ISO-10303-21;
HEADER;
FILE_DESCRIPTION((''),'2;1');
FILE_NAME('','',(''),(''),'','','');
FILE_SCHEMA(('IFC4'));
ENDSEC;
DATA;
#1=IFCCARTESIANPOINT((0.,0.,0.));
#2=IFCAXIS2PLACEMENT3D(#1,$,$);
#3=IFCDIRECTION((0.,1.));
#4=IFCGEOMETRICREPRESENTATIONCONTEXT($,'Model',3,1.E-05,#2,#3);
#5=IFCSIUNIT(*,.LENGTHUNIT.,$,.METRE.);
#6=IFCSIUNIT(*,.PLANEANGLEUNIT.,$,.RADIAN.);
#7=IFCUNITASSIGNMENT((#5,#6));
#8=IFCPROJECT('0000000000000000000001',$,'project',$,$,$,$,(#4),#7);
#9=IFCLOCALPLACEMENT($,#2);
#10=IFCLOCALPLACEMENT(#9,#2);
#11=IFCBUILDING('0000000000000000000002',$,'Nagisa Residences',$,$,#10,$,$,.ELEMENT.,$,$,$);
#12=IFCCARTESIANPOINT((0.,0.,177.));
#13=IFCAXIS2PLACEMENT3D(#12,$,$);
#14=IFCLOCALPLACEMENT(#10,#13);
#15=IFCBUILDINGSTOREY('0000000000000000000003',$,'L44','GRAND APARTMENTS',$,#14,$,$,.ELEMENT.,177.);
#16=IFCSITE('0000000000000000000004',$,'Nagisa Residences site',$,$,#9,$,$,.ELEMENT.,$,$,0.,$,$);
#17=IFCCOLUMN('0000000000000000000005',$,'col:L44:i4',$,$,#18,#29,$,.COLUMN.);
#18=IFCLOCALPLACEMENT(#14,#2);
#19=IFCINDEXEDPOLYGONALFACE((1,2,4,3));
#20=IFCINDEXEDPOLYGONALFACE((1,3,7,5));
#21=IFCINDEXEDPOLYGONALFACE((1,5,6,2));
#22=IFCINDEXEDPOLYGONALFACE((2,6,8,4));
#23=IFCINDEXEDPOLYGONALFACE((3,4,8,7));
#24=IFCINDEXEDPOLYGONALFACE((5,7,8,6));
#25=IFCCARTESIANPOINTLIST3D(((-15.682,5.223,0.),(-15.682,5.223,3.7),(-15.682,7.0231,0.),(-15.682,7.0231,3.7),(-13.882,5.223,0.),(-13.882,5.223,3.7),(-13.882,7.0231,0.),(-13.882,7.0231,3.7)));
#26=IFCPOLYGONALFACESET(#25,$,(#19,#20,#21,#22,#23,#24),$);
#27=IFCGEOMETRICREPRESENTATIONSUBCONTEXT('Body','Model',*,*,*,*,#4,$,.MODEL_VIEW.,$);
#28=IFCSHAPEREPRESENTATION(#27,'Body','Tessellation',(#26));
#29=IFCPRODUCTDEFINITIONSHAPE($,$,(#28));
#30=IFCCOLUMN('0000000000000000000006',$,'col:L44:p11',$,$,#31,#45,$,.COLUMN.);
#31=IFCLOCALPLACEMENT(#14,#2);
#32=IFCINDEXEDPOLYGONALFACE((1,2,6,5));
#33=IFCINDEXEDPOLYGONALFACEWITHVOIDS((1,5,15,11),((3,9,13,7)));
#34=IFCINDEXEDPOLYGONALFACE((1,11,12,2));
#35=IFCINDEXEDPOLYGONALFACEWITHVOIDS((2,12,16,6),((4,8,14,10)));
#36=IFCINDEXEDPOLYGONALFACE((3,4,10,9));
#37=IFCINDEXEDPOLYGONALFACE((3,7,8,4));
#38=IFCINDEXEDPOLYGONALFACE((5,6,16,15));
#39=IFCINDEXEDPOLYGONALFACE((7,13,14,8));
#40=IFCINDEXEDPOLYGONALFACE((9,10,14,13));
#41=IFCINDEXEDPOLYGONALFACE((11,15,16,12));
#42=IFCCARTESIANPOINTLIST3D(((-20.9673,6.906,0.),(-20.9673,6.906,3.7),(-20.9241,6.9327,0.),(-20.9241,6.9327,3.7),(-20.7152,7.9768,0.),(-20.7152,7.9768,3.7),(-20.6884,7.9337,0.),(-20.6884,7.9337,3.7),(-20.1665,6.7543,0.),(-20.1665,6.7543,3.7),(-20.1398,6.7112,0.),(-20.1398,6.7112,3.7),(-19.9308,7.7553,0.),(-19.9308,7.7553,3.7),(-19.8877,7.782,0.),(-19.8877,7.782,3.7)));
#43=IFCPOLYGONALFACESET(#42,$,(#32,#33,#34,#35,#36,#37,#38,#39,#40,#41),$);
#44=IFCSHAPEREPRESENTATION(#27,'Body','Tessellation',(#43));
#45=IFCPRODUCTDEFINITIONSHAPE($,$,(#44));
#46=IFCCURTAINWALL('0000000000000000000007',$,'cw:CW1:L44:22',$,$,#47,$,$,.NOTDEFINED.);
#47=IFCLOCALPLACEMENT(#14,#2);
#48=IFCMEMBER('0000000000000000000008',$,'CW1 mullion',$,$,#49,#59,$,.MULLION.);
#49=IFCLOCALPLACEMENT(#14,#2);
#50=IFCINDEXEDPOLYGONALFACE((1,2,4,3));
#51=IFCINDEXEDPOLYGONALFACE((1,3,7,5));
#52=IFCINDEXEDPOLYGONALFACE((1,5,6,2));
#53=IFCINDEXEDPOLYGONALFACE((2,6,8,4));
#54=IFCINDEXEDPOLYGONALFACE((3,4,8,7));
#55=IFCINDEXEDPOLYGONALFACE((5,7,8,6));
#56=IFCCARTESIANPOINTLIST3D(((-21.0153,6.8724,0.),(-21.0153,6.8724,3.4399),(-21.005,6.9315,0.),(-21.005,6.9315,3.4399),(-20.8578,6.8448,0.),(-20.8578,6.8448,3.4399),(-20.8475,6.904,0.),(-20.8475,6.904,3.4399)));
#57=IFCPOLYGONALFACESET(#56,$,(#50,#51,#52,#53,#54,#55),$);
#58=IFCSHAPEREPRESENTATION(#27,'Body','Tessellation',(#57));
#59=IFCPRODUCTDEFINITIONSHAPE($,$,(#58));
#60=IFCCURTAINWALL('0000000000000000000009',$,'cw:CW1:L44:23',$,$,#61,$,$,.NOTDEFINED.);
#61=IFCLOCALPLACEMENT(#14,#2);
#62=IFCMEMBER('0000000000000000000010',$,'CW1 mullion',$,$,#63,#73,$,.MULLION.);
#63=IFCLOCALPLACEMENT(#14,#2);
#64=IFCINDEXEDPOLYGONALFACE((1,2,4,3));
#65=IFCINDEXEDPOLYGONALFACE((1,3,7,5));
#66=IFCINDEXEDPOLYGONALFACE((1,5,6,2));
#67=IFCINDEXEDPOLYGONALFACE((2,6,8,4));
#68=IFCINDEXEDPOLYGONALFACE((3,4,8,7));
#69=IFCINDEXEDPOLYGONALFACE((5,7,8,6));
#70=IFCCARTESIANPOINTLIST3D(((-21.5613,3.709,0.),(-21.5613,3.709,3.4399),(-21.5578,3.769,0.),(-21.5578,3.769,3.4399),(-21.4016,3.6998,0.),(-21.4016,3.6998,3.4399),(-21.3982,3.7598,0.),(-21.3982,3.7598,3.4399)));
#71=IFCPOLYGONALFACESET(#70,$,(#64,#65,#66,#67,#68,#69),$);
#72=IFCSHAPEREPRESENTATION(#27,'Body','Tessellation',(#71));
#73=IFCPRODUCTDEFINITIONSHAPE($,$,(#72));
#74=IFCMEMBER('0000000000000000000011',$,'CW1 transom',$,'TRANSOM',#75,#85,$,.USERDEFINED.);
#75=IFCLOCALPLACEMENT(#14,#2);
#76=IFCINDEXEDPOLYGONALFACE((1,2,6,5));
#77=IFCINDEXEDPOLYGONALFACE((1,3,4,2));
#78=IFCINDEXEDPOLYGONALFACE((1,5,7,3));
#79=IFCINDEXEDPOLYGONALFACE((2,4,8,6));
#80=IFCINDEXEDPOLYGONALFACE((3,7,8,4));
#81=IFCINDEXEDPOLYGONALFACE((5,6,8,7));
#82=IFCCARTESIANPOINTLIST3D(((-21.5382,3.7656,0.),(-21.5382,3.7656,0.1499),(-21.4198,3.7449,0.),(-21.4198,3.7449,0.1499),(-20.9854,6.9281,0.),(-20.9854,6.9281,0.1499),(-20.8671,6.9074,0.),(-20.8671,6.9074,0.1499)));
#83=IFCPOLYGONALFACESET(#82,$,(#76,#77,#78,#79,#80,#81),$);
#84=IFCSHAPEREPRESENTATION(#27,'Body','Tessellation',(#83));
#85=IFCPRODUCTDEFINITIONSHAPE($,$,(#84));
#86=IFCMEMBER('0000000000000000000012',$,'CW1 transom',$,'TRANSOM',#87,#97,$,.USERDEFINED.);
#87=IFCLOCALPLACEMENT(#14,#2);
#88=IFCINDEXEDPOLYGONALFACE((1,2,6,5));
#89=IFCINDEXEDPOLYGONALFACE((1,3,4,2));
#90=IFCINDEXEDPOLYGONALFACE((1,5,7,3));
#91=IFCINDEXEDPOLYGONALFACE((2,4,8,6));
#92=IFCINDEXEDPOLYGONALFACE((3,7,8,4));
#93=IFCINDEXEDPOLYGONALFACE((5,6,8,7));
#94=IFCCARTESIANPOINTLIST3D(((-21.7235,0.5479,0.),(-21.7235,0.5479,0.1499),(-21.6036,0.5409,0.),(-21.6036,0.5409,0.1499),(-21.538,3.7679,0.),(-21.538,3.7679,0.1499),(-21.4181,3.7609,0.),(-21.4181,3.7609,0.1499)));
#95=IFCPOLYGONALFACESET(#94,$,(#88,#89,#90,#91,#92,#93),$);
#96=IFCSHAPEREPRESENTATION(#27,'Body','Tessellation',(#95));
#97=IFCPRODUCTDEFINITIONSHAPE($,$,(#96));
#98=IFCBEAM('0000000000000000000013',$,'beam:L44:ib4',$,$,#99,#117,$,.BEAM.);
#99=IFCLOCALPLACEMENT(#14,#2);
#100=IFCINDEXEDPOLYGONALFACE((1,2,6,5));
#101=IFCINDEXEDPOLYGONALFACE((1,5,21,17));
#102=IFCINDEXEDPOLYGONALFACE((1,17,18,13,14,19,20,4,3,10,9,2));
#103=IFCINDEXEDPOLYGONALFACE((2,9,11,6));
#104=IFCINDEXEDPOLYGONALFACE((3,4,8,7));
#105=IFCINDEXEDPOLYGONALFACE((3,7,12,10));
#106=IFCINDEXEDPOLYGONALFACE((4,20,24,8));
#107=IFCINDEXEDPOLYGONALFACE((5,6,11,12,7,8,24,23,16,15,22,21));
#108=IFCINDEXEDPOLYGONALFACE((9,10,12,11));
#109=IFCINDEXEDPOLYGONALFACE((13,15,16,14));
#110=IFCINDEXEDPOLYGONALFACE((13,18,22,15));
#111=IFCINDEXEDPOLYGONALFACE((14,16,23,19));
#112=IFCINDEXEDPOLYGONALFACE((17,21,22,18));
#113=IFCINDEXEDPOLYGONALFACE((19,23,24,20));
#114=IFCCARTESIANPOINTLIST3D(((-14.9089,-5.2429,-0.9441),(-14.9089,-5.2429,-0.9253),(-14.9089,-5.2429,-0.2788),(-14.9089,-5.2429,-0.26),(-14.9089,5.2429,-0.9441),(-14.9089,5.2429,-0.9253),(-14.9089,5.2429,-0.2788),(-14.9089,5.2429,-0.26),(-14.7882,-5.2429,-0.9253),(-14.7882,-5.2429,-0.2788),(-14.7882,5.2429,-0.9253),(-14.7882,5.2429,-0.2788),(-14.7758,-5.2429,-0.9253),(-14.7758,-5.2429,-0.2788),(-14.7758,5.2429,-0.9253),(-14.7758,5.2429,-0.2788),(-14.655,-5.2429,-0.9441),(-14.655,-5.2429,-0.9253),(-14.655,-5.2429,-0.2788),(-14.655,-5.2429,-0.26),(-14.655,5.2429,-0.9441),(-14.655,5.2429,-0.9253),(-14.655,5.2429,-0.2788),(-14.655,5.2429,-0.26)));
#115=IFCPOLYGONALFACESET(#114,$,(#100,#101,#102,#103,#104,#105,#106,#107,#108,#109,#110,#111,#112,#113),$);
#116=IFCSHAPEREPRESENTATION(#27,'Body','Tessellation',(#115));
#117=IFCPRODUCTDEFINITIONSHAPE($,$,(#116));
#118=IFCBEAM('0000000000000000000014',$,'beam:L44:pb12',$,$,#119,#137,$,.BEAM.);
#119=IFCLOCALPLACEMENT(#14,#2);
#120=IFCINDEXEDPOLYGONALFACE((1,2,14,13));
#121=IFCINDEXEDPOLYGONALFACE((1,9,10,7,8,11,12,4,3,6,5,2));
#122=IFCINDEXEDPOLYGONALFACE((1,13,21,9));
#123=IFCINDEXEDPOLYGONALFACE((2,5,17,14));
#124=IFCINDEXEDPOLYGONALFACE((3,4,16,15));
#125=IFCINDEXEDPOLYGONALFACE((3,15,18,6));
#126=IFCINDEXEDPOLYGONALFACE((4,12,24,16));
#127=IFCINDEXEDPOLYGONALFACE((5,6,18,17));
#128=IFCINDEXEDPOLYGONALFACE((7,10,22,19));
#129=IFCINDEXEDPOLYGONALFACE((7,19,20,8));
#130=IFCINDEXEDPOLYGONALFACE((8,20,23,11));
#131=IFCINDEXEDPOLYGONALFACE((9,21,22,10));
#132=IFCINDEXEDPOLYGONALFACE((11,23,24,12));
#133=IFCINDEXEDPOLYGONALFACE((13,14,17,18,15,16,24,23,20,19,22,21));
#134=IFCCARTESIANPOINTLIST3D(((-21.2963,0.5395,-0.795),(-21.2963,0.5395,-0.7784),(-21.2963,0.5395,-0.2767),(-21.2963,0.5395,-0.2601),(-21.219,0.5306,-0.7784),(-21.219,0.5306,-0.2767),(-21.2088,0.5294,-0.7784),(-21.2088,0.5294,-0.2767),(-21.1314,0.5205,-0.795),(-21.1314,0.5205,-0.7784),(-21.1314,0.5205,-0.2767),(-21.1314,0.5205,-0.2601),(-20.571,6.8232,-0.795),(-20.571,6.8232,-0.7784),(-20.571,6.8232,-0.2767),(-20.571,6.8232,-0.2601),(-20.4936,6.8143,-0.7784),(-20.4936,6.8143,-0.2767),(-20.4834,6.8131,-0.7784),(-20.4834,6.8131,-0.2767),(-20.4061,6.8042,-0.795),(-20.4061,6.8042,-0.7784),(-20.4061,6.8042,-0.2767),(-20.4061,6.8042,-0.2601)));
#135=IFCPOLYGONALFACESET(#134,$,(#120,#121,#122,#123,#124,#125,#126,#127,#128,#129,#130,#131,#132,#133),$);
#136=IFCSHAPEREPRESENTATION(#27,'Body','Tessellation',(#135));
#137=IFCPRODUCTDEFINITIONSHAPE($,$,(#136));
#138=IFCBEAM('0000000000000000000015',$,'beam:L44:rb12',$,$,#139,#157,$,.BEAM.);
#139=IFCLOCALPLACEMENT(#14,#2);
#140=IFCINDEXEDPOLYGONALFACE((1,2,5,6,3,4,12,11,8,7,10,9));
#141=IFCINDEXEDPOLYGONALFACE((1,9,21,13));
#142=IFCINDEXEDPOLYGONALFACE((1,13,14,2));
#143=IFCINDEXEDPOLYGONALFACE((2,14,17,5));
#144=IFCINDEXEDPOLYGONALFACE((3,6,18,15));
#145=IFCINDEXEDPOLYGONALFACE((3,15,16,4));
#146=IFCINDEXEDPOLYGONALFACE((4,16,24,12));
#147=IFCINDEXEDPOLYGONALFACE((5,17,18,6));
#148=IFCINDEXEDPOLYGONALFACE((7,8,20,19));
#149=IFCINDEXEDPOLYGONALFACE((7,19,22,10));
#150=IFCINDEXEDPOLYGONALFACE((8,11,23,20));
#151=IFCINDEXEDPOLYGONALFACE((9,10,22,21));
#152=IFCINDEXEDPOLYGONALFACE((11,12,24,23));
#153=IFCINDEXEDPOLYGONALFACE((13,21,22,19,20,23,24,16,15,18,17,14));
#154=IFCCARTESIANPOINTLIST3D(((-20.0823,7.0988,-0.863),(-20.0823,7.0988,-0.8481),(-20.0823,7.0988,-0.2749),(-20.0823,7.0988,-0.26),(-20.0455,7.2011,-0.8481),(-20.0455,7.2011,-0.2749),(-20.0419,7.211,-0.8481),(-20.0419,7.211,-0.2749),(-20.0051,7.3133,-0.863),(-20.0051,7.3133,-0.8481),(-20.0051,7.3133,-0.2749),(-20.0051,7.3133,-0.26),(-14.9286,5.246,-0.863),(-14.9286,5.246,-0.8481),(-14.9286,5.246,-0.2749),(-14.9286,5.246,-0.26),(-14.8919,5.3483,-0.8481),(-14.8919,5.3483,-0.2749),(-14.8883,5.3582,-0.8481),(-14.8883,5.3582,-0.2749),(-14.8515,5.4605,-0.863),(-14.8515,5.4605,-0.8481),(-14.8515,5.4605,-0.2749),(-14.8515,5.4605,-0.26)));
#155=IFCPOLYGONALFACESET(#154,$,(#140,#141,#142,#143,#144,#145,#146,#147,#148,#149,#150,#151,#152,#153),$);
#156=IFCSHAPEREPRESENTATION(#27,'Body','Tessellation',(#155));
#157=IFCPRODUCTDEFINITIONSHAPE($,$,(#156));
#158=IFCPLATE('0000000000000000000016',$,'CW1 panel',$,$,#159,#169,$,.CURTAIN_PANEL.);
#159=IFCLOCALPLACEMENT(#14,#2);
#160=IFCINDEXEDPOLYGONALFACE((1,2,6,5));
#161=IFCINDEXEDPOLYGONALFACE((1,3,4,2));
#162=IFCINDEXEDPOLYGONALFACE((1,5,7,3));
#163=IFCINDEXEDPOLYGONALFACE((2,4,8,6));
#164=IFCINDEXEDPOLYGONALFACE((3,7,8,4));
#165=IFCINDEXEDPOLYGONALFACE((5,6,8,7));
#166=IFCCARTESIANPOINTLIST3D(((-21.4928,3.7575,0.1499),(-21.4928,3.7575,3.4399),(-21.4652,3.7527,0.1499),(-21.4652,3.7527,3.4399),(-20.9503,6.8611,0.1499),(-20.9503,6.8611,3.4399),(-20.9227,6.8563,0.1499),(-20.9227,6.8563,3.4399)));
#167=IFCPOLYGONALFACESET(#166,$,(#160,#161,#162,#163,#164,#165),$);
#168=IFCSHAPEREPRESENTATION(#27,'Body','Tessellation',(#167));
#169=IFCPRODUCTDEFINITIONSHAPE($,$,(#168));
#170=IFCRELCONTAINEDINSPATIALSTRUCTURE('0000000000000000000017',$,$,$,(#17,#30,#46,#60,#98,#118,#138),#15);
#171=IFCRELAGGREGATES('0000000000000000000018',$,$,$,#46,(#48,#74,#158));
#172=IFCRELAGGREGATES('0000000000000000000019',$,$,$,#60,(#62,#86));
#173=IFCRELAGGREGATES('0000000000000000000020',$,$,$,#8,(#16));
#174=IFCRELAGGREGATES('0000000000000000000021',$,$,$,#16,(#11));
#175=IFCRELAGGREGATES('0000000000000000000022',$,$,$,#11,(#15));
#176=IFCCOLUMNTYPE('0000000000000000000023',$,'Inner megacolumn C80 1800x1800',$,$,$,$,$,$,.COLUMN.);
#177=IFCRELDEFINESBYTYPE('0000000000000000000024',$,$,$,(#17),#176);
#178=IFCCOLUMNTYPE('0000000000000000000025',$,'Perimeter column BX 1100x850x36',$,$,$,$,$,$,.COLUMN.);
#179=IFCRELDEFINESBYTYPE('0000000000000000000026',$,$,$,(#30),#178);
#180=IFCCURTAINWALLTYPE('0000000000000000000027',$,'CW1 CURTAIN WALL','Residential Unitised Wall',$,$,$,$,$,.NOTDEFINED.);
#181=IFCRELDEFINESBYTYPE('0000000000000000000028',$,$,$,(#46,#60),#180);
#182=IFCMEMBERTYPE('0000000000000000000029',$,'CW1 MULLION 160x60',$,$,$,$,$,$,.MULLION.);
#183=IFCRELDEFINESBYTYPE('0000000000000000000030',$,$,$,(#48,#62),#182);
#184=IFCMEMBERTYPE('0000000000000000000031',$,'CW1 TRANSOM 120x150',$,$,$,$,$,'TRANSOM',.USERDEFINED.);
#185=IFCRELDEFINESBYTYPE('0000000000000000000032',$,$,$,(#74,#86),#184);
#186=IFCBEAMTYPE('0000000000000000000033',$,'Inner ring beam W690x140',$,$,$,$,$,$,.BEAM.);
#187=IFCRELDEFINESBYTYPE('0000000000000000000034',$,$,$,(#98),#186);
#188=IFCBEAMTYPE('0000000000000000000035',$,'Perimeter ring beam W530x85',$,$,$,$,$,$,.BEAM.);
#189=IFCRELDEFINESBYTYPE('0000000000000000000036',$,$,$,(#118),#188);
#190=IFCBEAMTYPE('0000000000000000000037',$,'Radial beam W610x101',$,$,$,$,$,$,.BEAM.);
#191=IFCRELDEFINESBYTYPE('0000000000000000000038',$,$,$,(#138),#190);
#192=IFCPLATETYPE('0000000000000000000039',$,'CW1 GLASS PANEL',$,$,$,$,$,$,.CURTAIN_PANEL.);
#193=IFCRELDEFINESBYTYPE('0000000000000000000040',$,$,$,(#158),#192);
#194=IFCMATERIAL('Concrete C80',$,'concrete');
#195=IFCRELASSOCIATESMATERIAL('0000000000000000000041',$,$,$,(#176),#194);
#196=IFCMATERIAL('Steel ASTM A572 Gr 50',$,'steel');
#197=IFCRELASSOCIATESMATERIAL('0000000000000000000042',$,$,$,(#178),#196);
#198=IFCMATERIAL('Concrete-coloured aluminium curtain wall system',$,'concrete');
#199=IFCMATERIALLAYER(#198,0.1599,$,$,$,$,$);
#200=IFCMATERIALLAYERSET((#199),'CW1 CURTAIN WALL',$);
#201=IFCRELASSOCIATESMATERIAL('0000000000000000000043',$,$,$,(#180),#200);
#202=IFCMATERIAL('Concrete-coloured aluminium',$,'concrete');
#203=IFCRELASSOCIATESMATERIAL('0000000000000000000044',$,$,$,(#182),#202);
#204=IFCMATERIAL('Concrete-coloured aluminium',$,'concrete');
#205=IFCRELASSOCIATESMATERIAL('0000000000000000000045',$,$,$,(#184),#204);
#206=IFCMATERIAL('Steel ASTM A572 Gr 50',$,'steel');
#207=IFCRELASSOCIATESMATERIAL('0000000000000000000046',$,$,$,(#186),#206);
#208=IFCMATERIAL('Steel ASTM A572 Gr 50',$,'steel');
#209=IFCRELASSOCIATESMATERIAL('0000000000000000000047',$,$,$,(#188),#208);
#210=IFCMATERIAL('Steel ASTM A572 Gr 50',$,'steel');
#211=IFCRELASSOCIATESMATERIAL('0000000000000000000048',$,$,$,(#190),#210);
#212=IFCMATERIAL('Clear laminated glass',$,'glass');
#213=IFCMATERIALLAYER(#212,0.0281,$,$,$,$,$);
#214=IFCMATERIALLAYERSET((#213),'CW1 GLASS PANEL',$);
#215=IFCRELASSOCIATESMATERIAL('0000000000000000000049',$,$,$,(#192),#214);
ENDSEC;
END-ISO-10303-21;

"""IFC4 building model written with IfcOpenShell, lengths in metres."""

from ifc_helpers import new_model, si_unit, direction, frame, origin, origin_2d, place, context, subcontext, project, spatial, rectangle, hollow_rectangle, i_section, extrude, material, layer, layer_set, material_profile, profile_set, type_object, element, aggregate, save


model = new_model("IFC4")

# Units and contexts
model_context = context("Model", 3, precision=1e-05, world=origin(), true_north=direction((0.0, 1.0)))
body_context = subcontext(model_context, "Body", "Model", "MODEL_VIEW")
ifc_project = project(units=[si_unit("LENGTHUNIT", "METRE"), si_unit("PLANEANGLEUNIT", "RADIAN")], contexts=[model_context])

# Site, building, storey
site_placement = place(None, origin())
site = spatial("IfcSite", under=ifc_project, at=site_placement, Name="Nagisa Residences site", CompositionType="ELEMENT", RefElevation=0.0)
building_placement = place(site_placement, origin())
building = spatial("IfcBuilding", under=site, at=building_placement, Name="Nagisa Residences", CompositionType="ELEMENT")
storey_placement = place(building_placement, frame((0.0, 0.0, 177.0)))
storey = spatial("IfcBuildingStorey", under=building, at=storey_placement, Name="L44", Description="GRAND APARTMENTS", CompositionType="ELEMENT", Elevation=177.0)

# Columns
ifc_material_1 = material(Name="Concrete C80", Category="concrete")
ifc_material_profile_1 = material_profile(ifc_material_1, rectangle(XDim=1.8, YDim=1.8, at=origin_2d()), Name="C80 1800x1800")
ifc_profile_set_1 = profile_set([ifc_material_profile_1], Name="Concrete C80")
column_type_1 = type_object("IfcColumnType", Name="Inner megacolumn C80 1800x1800", PredefinedType="COLUMN", material=ifc_profile_set_1)
column_1_placement = place(storey_placement, frame((-14.782, 6.123, 0.0), z_axis=(0.0, 0.0, 1.0), x_axis=(1.0, 0.0, 0.0)))
element("IfcColumn", 1, at=column_1_placement, inside=storey, type_object=column_type_1, Name="col:L44:i4", PredefinedType="COLUMN", context=body_context, shape_type="SweptSolid", body=[
    extrude(rectangle(XDim=1.8, YDim=1.8, at=origin_2d()), origin(), (0.0, 0.0, 1.0), 3.7),
])
ifc_material_2 = material(Name="Steel ASTM A572 Gr 50", Category="steel")
ifc_material_profile_2 = material_profile(ifc_material_2, hollow_rectangle(XDim=1.1001, YDim=0.8501, WallThickness=0.0359, at=origin_2d()), Name="BX 1100x850x36")
ifc_profile_set_2 = profile_set([ifc_material_profile_2], Name="Steel ASTM A572 Gr 50")
column_type_2 = type_object("IfcColumnType", Name="Perimeter column BX 1100x850x36", PredefinedType="COLUMN", material=ifc_profile_set_2)
column_2_placement = place(storey_placement, frame((-20.4275, 7.344, 0.0), z_axis=(0.0, 0.0, 1.0), x_axis=(-0.229202, -0.973379, 0.0)))
element("IfcColumn", 2, at=column_2_placement, inside=storey, type_object=column_type_2, Name="col:L44:p11", PredefinedType="COLUMN", context=body_context, shape_type="SweptSolid", body=[
    extrude(hollow_rectangle(XDim=1.1001, YDim=0.8501, WallThickness=0.0359, at=origin_2d()), origin(), (0.0, 0.0, 1.0), 3.7),
])

# Curtain walls, members
ifc_material_3 = material(Name="Concrete-coloured aluminium curtain wall system", Category="concrete")
ifc_layer_1 = layer(ifc_material_3, 0.1599)
ifc_layer_set_1 = layer_set([ifc_layer_1], Name="CW1 CURTAIN WALL")
curtain_wall_type = type_object("IfcCurtainWallType", Name="CW1 CURTAIN WALL", Description="Residential Unitised Wall", PredefinedType="NOTDEFINED", material=ifc_layer_set_1)
curtain_wall_1_placement = place(storey_placement, origin())
curtain_wall_1 = element("IfcCurtainWall", 3, at=curtain_wall_1_placement, inside=storey, type_object=curtain_wall_type, Name="cw:CW1:L44:22", PredefinedType="NOTDEFINED")
ifc_material_4 = material(Name="Concrete-coloured aluminium", Category="concrete")
ifc_material_profile_3 = material_profile(ifc_material_4, rectangle(XDim=0.1599, YDim=0.0601, at=origin_2d()), Name="CW1 MULLION 160x60")
ifc_profile_set_3 = profile_set([ifc_material_profile_3], Name="Concrete-coloured aluminium")
member_type_1 = type_object("IfcMemberType", Name="CW1 MULLION 160x60", PredefinedType="MULLION", material=ifc_profile_set_3)
member_1_placement = place(storey_placement, frame((-20.9314, 6.8882, 0.0), z_axis=(0.0, 0.0, 1.0), x_axis=(0.985064, -0.172191, 0.0)))
member_1 = element("IfcMember", 4, at=member_1_placement, type_object=member_type_1, Name="CW1 mullion", PredefinedType="MULLION", context=body_context, shape_type="SweptSolid", body=[
    extrude(rectangle(XDim=0.1599, YDim=0.0601, at=origin_2d()), origin(), (0.0, 0.0, 1.0), 3.4399),
])
curtain_wall_2_placement = place(storey_placement, origin())
curtain_wall_2 = element("IfcCurtainWall", 5, at=curtain_wall_2_placement, inside=storey, type_object=curtain_wall_type, Name="cw:CW1:L44:23", PredefinedType="NOTDEFINED")
member_2_placement = place(storey_placement, frame((-21.4797, 3.7344, 0.0), z_axis=(0.0, 0.0, 1.0), x_axis=(0.998345, -0.057503, 0.0)))
member_2 = element("IfcMember", 6, at=member_2_placement, type_object=member_type_1, Name="CW1 mullion", PredefinedType="MULLION", context=body_context, shape_type="SweptSolid", body=[
    extrude(rectangle(XDim=0.1599, YDim=0.0601, at=origin_2d()), origin(), (0.0, 0.0, 1.0), 3.4399),
])

# Members
ifc_material_5 = material(Name="Concrete-coloured aluminium", Category="concrete")
ifc_material_profile_4 = material_profile(ifc_material_5, rectangle(XDim=0.1201, YDim=0.1499, at=origin_2d()), Name="CW1 TRANSOM 120x150")
ifc_profile_set_4 = profile_set([ifc_material_profile_4], Name="Concrete-coloured aluminium")
member_type_2 = type_object("IfcMemberType", Name="CW1 TRANSOM 120x150", ElementType="TRANSOM", PredefinedType="USERDEFINED", material=ifc_profile_set_4)
member_3_placement = place(storey_placement, frame((-20.9263, 6.9177, 0.075), z_axis=(-0.172163, -0.985069, 0.0), x_axis=(0.985069, -0.172163, 0.0)))
member_3 = element("IfcMember", 7, at=member_3_placement, type_object=member_type_2, Name="CW1 transom", ObjectType="TRANSOM", PredefinedType="USERDEFINED", context=body_context, shape_type="SweptSolid", body=[
    extrude(rectangle(XDim=0.1201, YDim=0.1499, at=origin_2d()), origin(), (0.0, 0.0, 1.0), 3.2104),
])
member_4_placement = place(storey_placement, frame((-21.478, 3.7644, 0.075), z_axis=(-0.057528, -0.998344, 0.0), x_axis=(0.998344, -0.057528, 0.0)))
member_4 = element("IfcMember", 8, at=member_4_placement, type_object=member_type_2, Name="CW1 transom", ObjectType="TRANSOM", PredefinedType="USERDEFINED", context=body_context, shape_type="SweptSolid", body=[
    extrude(rectangle(XDim=0.1201, YDim=0.1499, at=origin_2d()), origin(), (0.0, 0.0, 1.0), 3.2253),
])

# Beams
ifc_material_6 = material(Name="Steel ASTM A572 Gr 50", Category="steel")
ifc_material_profile_5 = material_profile(ifc_material_6, i_section(OverallWidth=0.2539, OverallDepth=0.6841, WebThickness=0.0125, FlangeThickness=0.0188, at=origin_2d()), Name="W690x140")
ifc_profile_set_5 = profile_set([ifc_material_profile_5], Name="Steel ASTM A572 Gr 50")
beam_type_1 = type_object("IfcBeamType", Name="Inner ring beam W690x140", PredefinedType="BEAM", material=ifc_profile_set_5)
beam_1_placement = place(storey_placement, frame((-14.782, 5.2429, -0.6021), z_axis=(0.0, -1.0, 0.0), x_axis=(1.0, 0.0, 0.0)))
element("IfcBeam", 9, at=beam_1_placement, inside=storey, type_object=beam_type_1, Name="beam:L44:ib4", PredefinedType="BEAM", context=body_context, shape_type="SweptSolid", body=[
    extrude(i_section(OverallWidth=0.2539, OverallDepth=0.6841, WebThickness=0.0125, FlangeThickness=0.0188, at=origin_2d()), origin(), (0.0, 0.0, 1.0), 10.4858),
])
ifc_material_7 = material(Name="Steel ASTM A572 Gr 50", Category="steel")
ifc_material_profile_6 = material_profile(ifc_material_7, i_section(OverallWidth=0.166, OverallDepth=0.5349, WebThickness=0.0103, FlangeThickness=0.0166, at=origin_2d()), Name="W530x85")
ifc_profile_set_6 = profile_set([ifc_material_profile_6], Name="Steel ASTM A572 Gr 50")
beam_type_2 = type_object("IfcBeamType", Name="Perimeter ring beam W530x85", PredefinedType="BEAM", material=ifc_profile_set_6)
beam_2_placement = place(storey_placement, frame((-20.4885, 6.8137, -0.5276), z_axis=(-0.114671, -0.993404, 0.0), x_axis=(0.993404, -0.114671, 0.0)))
element("IfcBeam", 10, at=beam_2_placement, inside=storey, type_object=beam_type_2, Name="beam:L44:pb12", PredefinedType="BEAM", context=body_context, shape_type="SweptSolid", body=[
    extrude(i_section(OverallWidth=0.166, OverallDepth=0.5349, WebThickness=0.0103, FlangeThickness=0.0166, at=origin_2d()), origin(), (0.0, 0.0, 1.0), 6.3254),
])
ifc_material_8 = material(Name="Steel ASTM A572 Gr 50", Category="steel")
ifc_material_profile_7 = material_profile(ifc_material_8, i_section(OverallWidth=0.228, OverallDepth=0.603, WebThickness=0.0105, FlangeThickness=0.0149, at=origin_2d()), Name="W610x101")
ifc_profile_set_7 = profile_set([ifc_material_profile_7], Name="Steel ASTM A572 Gr 50")
beam_type_3 = type_object("IfcBeamType", Name="Radial beam W610x101", PredefinedType="BEAM", material=ifc_profile_set_7)
beam_3_placement = place(storey_placement, frame((-20.0437, 7.2061, -0.5615), z_axis=(0.941033, -0.338315, 0.0), x_axis=(0.338315, 0.941033, 0.0)))
element("IfcBeam", 11, at=beam_3_placement, inside=storey, type_object=beam_type_3, Name="beam:L44:rb12", PredefinedType="BEAM", context=body_context, shape_type="SweptSolid", body=[
    extrude(i_section(OverallWidth=0.228, OverallDepth=0.603, WebThickness=0.0105, FlangeThickness=0.0149, at=origin_2d()), origin(), (0.0, 0.0, 1.0), 5.4766),
])

# Plate
ifc_material_9 = material(Name="Clear laminated glass", Category="glass")
ifc_layer_2 = layer(ifc_material_9, 0.0281)
ifc_layer_set_2 = layer_set([ifc_layer_2], Name="CW1 GLASS PANEL")
plate_type = type_object("IfcPlateType", Name="CW1 GLASS PANEL", PredefinedType="CURTAIN_PANEL", material=ifc_layer_set_2)
plate_1_placement = place(storey_placement, frame((-21.2078, 5.3069, 0.1499), z_axis=(0.0, 0.0, 1.0), x_axis=(-0.172191, -0.985064, 0.0)))
plate_1 = element("IfcPlate", 12, at=plate_1_placement, type_object=plate_type, Name="CW1 panel", PredefinedType="CURTAIN_PANEL", context=body_context, shape_type="SweptSolid", body=[
    extrude(rectangle(XDim=3.1506, YDim=0.0281, at=origin_2d()), origin(), (0.0, 0.0, 1.0), 3.29),
])
aggregate(curtain_wall_1, [member_1, member_3, plate_1])
aggregate(curtain_wall_2, [member_2, member_4])

save(model, "model.ifc")
